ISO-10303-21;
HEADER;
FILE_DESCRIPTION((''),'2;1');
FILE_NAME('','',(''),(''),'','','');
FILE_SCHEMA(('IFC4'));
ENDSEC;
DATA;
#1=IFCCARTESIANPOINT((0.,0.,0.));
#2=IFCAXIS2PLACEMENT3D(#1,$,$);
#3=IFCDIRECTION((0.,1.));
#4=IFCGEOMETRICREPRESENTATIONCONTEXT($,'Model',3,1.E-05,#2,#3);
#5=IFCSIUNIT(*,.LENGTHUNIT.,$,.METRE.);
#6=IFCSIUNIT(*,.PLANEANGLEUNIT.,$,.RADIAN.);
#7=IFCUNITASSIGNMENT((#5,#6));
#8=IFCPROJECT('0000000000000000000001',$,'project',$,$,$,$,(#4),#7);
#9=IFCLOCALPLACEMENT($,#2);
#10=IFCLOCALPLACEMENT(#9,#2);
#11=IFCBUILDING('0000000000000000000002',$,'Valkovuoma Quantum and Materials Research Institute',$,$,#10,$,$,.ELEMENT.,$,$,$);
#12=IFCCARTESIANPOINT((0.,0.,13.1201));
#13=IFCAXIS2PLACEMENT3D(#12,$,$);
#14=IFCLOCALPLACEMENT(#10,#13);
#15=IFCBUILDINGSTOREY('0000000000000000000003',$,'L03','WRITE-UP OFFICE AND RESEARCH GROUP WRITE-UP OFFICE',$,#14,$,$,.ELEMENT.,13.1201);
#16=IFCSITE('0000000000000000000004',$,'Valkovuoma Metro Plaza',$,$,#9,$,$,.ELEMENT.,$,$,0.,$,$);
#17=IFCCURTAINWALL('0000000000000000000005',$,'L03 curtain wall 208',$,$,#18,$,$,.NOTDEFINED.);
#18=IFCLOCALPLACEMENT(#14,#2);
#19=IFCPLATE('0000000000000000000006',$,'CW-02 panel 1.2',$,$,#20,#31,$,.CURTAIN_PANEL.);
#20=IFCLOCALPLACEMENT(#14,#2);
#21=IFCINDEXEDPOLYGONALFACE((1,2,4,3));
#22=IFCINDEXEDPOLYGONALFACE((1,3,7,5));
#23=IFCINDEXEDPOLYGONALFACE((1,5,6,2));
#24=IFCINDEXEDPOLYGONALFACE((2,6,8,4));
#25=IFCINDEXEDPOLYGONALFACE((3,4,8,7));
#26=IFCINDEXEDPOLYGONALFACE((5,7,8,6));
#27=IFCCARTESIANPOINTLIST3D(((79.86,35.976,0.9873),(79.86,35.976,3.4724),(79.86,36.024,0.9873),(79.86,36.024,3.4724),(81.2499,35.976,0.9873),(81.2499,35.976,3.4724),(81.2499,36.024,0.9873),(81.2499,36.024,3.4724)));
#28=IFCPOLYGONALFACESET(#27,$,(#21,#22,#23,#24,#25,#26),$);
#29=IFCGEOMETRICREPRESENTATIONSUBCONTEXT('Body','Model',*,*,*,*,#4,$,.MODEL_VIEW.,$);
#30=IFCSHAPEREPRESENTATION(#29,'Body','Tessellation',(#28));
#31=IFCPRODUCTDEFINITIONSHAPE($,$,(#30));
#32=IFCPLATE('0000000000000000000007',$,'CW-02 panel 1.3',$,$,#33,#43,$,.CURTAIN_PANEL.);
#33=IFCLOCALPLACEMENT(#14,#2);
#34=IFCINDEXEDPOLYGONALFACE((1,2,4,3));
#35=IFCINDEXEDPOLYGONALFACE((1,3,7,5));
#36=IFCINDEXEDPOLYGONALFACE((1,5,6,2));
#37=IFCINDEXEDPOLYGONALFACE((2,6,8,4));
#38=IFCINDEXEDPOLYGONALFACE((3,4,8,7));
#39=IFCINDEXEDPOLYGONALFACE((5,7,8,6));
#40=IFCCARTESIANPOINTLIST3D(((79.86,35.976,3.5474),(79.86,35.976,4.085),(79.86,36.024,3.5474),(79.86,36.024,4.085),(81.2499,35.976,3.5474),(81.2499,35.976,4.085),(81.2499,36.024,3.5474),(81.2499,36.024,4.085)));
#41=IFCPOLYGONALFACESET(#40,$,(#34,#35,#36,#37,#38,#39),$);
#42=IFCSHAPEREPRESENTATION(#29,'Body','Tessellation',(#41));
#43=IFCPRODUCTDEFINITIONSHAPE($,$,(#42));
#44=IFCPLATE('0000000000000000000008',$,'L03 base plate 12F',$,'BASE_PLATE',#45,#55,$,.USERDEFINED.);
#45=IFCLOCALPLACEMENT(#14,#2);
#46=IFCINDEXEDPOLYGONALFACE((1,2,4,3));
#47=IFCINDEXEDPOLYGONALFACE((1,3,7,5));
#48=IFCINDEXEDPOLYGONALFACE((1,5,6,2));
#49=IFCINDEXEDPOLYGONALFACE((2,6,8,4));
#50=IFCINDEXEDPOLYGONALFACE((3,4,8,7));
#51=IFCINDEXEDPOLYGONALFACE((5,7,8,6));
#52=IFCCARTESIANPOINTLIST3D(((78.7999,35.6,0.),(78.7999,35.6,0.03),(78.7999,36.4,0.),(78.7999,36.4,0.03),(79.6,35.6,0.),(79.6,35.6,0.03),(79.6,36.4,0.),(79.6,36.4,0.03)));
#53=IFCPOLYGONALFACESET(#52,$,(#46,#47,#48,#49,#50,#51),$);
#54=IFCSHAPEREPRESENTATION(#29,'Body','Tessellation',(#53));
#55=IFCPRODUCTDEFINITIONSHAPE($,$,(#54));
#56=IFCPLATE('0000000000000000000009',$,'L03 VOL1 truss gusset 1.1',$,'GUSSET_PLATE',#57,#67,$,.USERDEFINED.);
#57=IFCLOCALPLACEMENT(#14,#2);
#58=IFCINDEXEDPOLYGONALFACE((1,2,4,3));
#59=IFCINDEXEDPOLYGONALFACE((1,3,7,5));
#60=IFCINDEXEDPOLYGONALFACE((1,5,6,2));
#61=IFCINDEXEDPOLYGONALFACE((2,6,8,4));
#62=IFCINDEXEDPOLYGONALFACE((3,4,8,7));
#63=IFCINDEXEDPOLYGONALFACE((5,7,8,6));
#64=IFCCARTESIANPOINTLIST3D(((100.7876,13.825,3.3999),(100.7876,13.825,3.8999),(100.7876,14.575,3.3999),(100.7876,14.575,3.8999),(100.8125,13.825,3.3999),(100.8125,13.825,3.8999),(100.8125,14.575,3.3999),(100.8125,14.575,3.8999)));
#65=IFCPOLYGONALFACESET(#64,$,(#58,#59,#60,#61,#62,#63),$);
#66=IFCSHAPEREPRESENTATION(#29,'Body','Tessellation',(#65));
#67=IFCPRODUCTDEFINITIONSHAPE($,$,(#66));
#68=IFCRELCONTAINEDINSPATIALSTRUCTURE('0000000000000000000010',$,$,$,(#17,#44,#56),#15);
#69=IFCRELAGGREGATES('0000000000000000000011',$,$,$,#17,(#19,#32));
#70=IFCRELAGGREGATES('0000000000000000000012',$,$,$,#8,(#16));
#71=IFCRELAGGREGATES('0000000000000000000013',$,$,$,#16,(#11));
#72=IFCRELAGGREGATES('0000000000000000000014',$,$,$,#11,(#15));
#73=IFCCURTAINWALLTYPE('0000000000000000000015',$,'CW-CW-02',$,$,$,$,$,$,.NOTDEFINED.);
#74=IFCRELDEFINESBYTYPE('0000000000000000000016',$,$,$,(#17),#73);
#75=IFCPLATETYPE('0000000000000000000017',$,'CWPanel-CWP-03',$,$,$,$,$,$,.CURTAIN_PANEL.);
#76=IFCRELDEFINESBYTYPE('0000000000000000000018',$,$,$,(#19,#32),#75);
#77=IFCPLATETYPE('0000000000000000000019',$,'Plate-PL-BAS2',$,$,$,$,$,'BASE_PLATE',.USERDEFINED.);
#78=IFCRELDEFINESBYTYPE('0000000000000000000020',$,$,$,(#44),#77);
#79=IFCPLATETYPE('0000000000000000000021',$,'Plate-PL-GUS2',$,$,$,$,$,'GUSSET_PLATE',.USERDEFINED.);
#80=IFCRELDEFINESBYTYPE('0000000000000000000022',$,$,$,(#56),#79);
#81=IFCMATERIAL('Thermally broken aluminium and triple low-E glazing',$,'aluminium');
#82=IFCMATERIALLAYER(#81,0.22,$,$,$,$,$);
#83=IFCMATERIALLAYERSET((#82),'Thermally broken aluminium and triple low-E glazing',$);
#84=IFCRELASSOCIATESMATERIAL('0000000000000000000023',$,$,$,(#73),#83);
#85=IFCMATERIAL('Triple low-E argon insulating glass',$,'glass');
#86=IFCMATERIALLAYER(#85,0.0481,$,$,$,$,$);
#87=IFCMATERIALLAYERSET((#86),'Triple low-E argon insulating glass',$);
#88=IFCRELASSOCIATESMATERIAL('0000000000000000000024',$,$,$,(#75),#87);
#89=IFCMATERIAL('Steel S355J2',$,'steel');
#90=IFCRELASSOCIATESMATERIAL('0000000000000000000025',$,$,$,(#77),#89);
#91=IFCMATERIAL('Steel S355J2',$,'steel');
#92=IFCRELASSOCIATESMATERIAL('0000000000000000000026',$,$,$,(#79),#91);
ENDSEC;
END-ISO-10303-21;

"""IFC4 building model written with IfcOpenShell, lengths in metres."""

from ifc_helpers import new_model, si_unit, direction, frame, origin, origin_2d, place, context, subcontext, project, spatial, rectangle, extrude, material, layer, layer_set, type_object, element, aggregate, save


model = new_model("IFC4")

# Units and contexts
model_context = context("Model", 3, precision=1e-05, world=origin(), true_north=direction((0.0, 1.0)))
body_context = subcontext(model_context, "Body", "Model", "MODEL_VIEW")
ifc_project = project(units=[si_unit("LENGTHUNIT", "METRE"), si_unit("PLANEANGLEUNIT", "RADIAN")], contexts=[model_context])

# Site, building, storey
site_placement = place(None, origin())
site = spatial("IfcSite", under=ifc_project, at=site_placement, Name="Valkovuoma Metro Plaza", CompositionType="ELEMENT", RefElevation=0.0)
building_placement = place(site_placement, origin())
building = spatial("IfcBuilding", under=site, at=building_placement, Name="Valkovuoma Quantum and Materials Research Institute", CompositionType="ELEMENT")
storey_placement = place(building_placement, frame((0.0, 0.0, 13.1201)))
storey = spatial("IfcBuildingStorey", under=building, at=storey_placement, Name="L03", Description="WRITE-UP OFFICE AND RESEARCH GROUP WRITE-UP OFFICE", CompositionType="ELEMENT", Elevation=13.1201)

# Curtain wall
ifc_material_1 = material(Name="Thermally broken aluminium and triple low-E glazing", Category="aluminium")
ifc_layer_1 = layer(ifc_material_1, 0.22)
ifc_layer_set_1 = layer_set([ifc_layer_1], Name="Thermally broken aluminium and triple low-E glazing")
curtain_wall_type = type_object("IfcCurtainWallType", Name="CW-CW-02", PredefinedType="NOTDEFINED", material=ifc_layer_set_1)
curtain_wall_1_placement = place(storey_placement, origin())
curtain_wall_1 = element("IfcCurtainWall", 1, at=curtain_wall_1_placement, inside=storey, type_object=curtain_wall_type, Name="L03 curtain wall 208", PredefinedType="NOTDEFINED")

# Plates
ifc_material_2 = material(Name="Triple low-E argon insulating glass", Category="glass")
ifc_layer_2 = layer(ifc_material_2, 0.0481)
ifc_layer_set_2 = layer_set([ifc_layer_2], Name="Triple low-E argon insulating glass")
plate_type_1 = type_object("IfcPlateType", Name="CWPanel-CWP-03", PredefinedType="CURTAIN_PANEL", material=ifc_layer_set_2)
plate_1_placement = place(storey_placement, frame((80.5549, 36.0, 0.9873), z_axis=(0.0, 0.0, 1.0), x_axis=(1.0, 0.0, 0.0)))
plate_1 = element("IfcPlate", 2, at=plate_1_placement, type_object=plate_type_1, Name="CW-02 panel 1.2", PredefinedType="CURTAIN_PANEL", context=body_context, shape_type="SweptSolid", body=[
    extrude(rectangle(XDim=1.3899, YDim=0.0481, at=origin_2d()), origin(), (0.0, 0.0, 1.0), 2.4851),
])
plate_2_placement = place(storey_placement, frame((80.5549, 36.0, 3.5474), z_axis=(0.0, 0.0, 1.0), x_axis=(1.0, 0.0, 0.0)))
plate_2 = element("IfcPlate", 3, at=plate_2_placement, type_object=plate_type_1, Name="CW-02 panel 1.3", PredefinedType="CURTAIN_PANEL", context=body_context, shape_type="SweptSolid", body=[
    extrude(rectangle(XDim=1.3899, YDim=0.0481, at=origin_2d()), origin(), (0.0, 0.0, 1.0), 0.5376),
])
aggregate(curtain_wall_1, [plate_1, plate_2])

# Plates
ifc_material_3 = material(Name="Steel S355J2", Category="steel")
plate_type_2 = type_object("IfcPlateType", Name="Plate-PL-BAS2", ElementType="BASE_PLATE", PredefinedType="USERDEFINED", material=ifc_material_3)
plate_3_placement = place(storey_placement, frame((79.2, 36.0, 0.0), z_axis=(0.0, 0.0, 1.0), x_axis=(1.0, 0.0, 0.0)))
element("IfcPlate", 4, at=plate_3_placement, inside=storey, type_object=plate_type_2, Name="L03 base plate 12F", ObjectType="BASE_PLATE", PredefinedType="USERDEFINED", context=body_context, shape_type="SweptSolid", body=[
    extrude(rectangle(XDim=0.8, YDim=0.8, at=origin_2d()), origin(), (0.0, 0.0, 1.0), 0.03),
])
ifc_material_4 = material(Name="Steel S355J2", Category="steel")
plate_type_3 = type_object("IfcPlateType", Name="Plate-PL-GUS2", ElementType="GUSSET_PLATE", PredefinedType="USERDEFINED", material=ifc_material_4)
plate_4_placement = place(storey_placement, frame((100.8, 14.2, 3.3999), z_axis=(0.0, 0.0, 1.0), x_axis=(0.0, 1.0, 0.0)))
element("IfcPlate", 5, at=plate_4_placement, inside=storey, type_object=plate_type_3, Name="L03 VOL1 truss gusset 1.1", ObjectType="GUSSET_PLATE", PredefinedType="USERDEFINED", context=body_context, shape_type="SweptSolid", body=[
    extrude(rectangle(XDim=0.75, YDim=0.0249, at=origin_2d()), origin(), (0.0, 0.0, 1.0), 0.5),
])

save(model, "model.ifc")
